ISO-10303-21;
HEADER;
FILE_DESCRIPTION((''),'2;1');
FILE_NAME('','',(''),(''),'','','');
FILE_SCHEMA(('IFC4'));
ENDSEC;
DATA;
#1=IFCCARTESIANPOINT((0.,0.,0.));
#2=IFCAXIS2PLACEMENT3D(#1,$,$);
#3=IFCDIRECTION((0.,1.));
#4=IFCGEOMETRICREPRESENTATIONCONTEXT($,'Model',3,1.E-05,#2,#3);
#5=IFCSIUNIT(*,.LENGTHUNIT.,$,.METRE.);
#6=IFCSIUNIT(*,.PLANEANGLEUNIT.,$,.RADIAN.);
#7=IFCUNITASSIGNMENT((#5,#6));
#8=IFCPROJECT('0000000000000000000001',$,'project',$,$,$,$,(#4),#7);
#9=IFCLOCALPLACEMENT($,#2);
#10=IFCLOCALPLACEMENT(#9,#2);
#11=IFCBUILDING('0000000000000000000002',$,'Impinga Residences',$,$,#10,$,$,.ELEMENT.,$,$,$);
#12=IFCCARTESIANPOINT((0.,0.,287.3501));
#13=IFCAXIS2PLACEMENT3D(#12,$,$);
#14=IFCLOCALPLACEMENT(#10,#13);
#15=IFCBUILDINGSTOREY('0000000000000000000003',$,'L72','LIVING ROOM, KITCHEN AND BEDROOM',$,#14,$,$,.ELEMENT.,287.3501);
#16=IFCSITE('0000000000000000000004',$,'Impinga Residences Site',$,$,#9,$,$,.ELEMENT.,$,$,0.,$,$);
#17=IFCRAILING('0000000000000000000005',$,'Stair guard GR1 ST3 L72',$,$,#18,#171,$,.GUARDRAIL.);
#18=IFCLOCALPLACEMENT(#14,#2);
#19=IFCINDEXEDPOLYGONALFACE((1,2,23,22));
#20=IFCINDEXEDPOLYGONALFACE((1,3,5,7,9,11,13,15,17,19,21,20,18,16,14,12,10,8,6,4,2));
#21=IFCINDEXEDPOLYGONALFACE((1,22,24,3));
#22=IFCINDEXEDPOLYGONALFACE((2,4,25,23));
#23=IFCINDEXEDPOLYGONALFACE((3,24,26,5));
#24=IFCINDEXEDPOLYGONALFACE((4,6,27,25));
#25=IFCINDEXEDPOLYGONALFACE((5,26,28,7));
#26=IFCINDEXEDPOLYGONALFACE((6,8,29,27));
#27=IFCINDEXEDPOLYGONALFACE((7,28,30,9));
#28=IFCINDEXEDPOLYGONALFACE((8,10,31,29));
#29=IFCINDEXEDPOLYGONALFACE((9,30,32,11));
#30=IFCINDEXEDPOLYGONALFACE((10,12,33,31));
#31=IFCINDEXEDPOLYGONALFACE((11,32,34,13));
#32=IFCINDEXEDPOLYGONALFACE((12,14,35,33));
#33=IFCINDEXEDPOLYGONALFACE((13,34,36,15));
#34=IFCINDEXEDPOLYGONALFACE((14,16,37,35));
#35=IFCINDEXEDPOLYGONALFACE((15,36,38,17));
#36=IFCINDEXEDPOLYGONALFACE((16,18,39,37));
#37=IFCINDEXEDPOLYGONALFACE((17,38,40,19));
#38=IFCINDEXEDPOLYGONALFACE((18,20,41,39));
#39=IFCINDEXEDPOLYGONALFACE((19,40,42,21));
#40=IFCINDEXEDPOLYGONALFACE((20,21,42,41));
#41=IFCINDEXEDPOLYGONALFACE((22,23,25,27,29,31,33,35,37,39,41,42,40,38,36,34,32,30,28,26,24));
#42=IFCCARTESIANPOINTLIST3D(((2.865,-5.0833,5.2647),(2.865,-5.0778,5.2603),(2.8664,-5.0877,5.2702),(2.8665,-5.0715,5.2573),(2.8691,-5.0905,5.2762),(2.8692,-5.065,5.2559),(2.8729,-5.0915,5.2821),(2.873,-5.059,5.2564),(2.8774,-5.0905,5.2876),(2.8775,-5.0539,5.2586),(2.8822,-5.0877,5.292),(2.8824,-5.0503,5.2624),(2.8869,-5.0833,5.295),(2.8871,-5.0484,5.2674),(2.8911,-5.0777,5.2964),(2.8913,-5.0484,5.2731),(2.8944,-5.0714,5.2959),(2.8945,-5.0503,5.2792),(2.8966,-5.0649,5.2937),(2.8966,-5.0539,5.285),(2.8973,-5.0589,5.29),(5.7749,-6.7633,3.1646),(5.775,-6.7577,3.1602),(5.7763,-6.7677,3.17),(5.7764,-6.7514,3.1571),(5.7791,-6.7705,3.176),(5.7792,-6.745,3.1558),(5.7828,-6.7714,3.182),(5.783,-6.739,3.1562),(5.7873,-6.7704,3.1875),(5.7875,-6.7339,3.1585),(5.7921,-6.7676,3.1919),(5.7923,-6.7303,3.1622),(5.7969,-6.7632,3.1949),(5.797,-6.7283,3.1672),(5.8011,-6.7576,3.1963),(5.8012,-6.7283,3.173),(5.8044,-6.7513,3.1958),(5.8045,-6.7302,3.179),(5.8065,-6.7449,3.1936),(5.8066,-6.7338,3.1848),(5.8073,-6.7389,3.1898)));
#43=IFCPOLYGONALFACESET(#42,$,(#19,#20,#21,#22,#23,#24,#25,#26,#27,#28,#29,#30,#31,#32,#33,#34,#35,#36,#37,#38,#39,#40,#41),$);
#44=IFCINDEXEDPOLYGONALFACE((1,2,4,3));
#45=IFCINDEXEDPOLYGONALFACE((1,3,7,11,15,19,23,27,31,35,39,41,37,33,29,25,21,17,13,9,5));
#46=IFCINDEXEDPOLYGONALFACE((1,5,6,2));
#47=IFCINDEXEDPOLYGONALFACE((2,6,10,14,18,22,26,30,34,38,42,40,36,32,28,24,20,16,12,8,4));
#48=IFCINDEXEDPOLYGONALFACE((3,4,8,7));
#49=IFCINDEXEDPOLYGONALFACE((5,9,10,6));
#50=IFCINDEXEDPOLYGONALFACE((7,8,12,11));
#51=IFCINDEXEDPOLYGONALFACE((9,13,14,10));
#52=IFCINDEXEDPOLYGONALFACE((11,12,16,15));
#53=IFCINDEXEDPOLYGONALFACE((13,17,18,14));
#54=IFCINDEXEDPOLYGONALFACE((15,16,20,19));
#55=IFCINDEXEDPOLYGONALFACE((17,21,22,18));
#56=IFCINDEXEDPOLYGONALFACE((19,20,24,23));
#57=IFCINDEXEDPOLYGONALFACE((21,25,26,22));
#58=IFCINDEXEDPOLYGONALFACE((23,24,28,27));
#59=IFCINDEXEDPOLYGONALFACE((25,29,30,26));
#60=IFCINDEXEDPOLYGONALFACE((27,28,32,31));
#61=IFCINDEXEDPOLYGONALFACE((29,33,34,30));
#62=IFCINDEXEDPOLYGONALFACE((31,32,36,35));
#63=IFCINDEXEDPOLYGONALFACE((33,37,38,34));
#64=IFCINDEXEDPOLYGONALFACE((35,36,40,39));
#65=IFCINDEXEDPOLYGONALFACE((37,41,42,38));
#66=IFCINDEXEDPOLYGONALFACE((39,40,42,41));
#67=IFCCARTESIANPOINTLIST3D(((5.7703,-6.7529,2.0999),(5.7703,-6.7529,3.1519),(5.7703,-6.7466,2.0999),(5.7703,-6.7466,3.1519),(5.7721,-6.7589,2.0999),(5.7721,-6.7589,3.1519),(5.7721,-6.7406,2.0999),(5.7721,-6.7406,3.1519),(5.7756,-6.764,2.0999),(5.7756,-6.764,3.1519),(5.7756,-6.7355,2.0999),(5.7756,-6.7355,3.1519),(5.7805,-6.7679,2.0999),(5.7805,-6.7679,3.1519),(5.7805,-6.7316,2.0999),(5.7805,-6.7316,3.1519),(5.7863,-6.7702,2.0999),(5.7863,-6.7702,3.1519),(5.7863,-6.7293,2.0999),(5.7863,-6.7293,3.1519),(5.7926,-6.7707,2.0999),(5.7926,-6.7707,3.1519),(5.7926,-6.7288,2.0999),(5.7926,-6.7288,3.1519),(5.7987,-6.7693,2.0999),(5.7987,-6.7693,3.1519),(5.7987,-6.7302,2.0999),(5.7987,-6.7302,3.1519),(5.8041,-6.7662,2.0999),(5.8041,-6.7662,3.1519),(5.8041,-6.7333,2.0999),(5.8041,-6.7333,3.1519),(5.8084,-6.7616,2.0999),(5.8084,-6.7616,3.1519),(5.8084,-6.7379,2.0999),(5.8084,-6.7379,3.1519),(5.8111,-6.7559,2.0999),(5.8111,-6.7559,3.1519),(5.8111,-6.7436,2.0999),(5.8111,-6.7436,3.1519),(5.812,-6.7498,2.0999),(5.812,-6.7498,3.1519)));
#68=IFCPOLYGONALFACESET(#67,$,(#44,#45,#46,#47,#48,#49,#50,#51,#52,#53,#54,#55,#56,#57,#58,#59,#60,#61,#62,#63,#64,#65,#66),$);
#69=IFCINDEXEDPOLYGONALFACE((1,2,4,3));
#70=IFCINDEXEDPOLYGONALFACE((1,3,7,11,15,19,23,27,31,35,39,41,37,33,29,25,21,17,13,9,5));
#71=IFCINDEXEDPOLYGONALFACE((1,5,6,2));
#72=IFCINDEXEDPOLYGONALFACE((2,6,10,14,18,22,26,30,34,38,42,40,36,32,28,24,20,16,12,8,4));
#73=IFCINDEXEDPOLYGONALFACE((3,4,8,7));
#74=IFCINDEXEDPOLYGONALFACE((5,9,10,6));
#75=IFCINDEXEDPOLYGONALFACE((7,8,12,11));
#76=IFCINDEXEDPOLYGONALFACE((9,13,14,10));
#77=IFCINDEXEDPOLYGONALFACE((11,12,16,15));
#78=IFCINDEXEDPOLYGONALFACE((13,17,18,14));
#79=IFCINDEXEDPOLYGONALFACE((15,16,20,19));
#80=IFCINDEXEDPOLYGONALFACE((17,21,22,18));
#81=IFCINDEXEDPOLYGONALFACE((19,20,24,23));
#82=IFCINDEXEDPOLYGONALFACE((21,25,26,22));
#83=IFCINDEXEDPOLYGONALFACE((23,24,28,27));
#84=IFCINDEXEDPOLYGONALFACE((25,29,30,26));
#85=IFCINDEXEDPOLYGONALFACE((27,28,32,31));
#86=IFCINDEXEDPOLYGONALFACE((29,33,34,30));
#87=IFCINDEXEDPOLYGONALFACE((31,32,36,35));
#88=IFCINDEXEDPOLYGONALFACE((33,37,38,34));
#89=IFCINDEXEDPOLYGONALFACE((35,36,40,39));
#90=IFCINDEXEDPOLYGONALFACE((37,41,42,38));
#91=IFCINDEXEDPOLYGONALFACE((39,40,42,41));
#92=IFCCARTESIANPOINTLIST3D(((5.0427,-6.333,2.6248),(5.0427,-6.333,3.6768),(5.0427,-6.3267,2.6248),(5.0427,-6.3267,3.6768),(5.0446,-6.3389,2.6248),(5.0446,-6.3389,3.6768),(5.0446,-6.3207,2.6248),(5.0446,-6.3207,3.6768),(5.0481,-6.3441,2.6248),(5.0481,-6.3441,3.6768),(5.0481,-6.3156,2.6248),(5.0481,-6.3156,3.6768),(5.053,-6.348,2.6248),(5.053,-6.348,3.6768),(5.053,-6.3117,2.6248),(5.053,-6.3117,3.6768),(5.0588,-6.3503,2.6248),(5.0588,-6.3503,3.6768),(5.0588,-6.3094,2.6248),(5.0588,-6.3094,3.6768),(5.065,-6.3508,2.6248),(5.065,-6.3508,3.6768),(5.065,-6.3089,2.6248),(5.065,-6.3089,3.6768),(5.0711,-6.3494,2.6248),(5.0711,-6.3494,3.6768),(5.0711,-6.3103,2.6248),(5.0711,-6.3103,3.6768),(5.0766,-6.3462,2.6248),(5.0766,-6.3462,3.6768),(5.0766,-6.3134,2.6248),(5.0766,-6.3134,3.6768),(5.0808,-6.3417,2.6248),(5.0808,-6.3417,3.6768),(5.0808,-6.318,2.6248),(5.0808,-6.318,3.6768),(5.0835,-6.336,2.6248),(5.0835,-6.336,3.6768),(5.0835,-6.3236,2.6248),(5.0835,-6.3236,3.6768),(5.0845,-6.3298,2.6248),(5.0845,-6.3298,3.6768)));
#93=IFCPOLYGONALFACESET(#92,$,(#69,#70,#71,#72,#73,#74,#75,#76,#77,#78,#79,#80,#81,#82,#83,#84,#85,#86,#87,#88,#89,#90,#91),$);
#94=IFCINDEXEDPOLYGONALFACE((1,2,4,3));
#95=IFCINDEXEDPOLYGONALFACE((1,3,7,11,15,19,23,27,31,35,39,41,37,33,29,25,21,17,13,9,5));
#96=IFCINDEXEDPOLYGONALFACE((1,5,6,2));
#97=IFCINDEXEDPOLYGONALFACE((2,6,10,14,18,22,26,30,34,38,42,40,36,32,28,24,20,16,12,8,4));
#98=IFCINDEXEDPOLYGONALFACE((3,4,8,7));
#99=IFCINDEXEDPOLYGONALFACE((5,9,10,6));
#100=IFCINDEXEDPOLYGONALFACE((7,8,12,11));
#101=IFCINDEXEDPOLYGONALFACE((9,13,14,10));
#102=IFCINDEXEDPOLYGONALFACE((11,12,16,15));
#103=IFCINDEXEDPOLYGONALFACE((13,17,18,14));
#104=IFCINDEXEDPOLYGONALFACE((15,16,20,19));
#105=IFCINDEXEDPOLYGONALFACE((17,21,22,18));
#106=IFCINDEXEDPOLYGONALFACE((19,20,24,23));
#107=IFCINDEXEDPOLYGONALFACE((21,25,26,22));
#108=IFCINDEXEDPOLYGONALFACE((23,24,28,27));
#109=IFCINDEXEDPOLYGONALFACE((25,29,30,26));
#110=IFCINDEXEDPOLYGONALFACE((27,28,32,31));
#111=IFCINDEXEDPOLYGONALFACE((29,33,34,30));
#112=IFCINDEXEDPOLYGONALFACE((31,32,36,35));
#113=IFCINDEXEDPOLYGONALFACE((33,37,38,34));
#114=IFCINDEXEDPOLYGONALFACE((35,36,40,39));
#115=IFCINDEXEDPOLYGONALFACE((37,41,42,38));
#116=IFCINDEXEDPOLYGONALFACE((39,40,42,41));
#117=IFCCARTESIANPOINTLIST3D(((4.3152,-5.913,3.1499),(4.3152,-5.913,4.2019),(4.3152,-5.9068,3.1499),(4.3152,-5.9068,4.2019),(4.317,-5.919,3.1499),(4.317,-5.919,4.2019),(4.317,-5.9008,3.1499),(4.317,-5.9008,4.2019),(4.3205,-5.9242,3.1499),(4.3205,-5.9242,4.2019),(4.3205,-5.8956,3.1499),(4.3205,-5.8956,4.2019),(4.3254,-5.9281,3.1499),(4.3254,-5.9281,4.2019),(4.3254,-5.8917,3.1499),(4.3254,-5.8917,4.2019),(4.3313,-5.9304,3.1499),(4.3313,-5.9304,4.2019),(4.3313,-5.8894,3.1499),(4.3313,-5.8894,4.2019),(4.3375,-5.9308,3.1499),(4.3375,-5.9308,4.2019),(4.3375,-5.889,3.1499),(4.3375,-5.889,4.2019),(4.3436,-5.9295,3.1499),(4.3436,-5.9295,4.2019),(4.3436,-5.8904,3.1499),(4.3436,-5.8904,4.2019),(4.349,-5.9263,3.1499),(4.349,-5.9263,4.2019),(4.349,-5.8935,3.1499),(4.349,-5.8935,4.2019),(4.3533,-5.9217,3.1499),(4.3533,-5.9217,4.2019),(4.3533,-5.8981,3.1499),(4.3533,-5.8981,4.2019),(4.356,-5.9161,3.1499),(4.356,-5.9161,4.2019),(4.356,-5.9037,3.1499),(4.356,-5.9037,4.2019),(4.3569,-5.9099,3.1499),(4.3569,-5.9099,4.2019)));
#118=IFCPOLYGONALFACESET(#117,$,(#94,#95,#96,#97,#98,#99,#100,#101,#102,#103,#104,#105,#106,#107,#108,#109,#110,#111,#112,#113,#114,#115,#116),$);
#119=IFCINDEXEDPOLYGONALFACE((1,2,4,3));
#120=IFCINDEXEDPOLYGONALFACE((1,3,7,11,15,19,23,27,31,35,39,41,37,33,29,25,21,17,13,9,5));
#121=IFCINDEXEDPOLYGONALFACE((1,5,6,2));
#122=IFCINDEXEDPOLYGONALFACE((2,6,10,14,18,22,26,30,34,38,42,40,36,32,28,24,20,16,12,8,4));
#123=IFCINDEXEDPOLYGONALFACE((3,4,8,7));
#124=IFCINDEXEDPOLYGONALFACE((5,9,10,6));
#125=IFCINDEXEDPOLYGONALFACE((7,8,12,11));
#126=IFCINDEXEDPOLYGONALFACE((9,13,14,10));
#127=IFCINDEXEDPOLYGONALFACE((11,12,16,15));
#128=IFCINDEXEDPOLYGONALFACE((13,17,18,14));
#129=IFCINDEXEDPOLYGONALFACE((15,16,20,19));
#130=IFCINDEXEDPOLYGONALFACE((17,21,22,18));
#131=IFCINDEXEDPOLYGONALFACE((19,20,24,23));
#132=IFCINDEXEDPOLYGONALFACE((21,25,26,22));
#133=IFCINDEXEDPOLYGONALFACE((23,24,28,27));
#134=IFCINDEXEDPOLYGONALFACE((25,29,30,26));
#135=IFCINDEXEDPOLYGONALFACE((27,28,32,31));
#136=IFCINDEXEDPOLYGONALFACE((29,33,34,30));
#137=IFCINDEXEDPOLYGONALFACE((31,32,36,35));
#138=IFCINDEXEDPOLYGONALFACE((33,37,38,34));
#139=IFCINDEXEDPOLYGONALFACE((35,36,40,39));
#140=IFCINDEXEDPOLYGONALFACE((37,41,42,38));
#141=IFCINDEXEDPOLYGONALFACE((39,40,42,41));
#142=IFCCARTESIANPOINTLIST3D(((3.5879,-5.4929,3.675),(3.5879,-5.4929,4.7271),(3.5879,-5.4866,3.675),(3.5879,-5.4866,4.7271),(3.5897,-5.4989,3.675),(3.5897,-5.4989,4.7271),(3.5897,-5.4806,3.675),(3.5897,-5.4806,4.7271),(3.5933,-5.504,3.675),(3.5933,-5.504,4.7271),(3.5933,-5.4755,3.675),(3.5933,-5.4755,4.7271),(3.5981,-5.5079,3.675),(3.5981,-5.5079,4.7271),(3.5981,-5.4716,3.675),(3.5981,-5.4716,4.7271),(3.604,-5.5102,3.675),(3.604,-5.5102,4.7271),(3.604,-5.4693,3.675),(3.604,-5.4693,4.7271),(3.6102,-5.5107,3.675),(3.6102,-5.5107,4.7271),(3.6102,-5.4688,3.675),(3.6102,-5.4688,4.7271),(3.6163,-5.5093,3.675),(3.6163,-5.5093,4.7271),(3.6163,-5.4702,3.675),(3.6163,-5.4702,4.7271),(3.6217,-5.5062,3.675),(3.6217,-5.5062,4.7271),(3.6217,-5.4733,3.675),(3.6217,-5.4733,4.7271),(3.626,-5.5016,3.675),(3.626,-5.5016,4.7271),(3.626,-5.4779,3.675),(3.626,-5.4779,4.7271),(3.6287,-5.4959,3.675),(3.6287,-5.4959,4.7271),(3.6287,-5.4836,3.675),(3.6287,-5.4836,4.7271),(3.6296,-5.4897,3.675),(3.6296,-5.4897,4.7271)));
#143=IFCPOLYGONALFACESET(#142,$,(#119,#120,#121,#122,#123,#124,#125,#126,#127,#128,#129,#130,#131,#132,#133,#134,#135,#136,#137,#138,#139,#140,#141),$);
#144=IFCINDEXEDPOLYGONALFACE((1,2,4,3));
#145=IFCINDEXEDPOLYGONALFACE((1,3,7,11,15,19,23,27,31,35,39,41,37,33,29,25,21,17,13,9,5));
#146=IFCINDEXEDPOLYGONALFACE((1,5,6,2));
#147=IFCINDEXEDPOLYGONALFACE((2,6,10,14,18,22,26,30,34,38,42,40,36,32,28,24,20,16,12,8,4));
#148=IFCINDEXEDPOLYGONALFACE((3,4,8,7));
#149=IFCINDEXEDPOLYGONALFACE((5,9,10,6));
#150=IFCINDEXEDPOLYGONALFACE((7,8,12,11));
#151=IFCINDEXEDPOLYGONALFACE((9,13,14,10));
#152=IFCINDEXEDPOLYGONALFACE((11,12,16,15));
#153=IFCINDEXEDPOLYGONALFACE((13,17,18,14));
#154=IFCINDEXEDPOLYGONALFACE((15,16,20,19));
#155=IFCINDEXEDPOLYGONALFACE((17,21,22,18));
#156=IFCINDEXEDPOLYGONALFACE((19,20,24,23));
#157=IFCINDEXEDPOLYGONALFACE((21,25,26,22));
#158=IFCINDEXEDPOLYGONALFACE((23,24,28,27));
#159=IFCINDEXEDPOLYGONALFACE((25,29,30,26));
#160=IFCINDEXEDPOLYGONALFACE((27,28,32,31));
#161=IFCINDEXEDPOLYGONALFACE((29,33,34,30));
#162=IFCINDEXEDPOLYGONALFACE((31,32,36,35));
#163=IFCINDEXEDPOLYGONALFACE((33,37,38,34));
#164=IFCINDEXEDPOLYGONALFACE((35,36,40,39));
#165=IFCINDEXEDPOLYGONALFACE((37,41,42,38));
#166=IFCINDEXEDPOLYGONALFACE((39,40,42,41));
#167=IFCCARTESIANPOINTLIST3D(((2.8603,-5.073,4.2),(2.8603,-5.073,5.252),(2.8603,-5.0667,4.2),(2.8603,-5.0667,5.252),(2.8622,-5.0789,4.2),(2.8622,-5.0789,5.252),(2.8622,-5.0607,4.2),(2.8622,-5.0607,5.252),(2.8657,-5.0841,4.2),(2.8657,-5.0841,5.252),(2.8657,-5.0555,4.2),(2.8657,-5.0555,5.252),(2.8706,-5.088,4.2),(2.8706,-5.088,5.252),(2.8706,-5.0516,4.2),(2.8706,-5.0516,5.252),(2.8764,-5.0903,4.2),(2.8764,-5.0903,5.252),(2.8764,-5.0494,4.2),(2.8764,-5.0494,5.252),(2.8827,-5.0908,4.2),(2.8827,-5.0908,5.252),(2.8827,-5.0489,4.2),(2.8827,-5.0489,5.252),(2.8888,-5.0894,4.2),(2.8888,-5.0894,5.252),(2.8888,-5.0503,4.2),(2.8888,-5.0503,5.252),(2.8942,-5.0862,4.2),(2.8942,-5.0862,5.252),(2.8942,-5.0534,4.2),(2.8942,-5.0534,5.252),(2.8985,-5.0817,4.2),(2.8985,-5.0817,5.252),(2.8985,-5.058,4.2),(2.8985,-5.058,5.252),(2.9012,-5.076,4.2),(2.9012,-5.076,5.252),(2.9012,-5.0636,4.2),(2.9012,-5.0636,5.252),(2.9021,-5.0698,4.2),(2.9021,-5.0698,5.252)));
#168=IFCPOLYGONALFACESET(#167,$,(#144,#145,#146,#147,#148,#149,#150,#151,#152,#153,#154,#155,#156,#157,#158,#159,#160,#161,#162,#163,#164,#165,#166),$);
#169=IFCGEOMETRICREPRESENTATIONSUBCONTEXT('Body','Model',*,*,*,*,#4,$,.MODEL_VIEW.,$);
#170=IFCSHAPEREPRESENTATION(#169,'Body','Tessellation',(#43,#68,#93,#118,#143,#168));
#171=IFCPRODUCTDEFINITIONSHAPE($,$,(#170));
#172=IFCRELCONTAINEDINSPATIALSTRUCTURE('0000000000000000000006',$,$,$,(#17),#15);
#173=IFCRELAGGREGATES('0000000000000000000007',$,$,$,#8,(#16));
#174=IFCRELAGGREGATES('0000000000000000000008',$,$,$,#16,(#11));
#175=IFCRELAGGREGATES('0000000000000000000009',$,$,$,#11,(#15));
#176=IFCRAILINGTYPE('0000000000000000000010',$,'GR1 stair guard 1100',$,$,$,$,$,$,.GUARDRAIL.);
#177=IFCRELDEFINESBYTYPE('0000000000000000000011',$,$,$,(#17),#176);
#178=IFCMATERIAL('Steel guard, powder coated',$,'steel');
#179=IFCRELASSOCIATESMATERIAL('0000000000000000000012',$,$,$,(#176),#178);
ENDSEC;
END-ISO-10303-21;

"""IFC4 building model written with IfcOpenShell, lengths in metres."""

from ifc_helpers import new_model, si_unit, direction, frame, origin, origin_2d, place, context, subcontext, project, spatial, circle, extrude, material, type_object, element, save


model = new_model("IFC4")

# Units and contexts
model_context = context("Model", 3, precision=1e-05, world=origin(), true_north=direction((0.0, 1.0)))
body_context = subcontext(model_context, "Body", "Model", "MODEL_VIEW")
ifc_project = project(units=[si_unit("LENGTHUNIT", "METRE"), si_unit("PLANEANGLEUNIT", "RADIAN")], contexts=[model_context])

# Site, building, storey
site_placement = place(None, origin())
site = spatial("IfcSite", under=ifc_project, at=site_placement, Name="Impinga Residences Site", CompositionType="ELEMENT", RefElevation=0.0)
building_placement = place(site_placement, origin())
building = spatial("IfcBuilding", under=site, at=building_placement, Name="Impinga Residences", CompositionType="ELEMENT")
storey_placement = place(building_placement, frame((0.0, 0.0, 287.3501)))
storey = spatial("IfcBuildingStorey", under=building, at=storey_placement, Name="L72", Description="LIVING ROOM, KITCHEN AND BEDROOM", CompositionType="ELEMENT", Elevation=287.3501)

# Railing
ifc_material_1 = material(Name="Steel guard, powder coated", Category="steel")
railing_type_1 = type_object("IfcRailingType", Name="GR1 stair guard 1100", PredefinedType="GUARDRAIL", material=ifc_material_1)
railing_1_placement = place(storey_placement, frame((5.791, -6.7498, 2.0999)))
element("IfcRailing", 1, at=railing_1_placement, inside=storey, type_object=railing_type_1, Name="Stair guard GR1 ST3 L72", PredefinedType="GUARDRAIL", context=body_context, shape_type="SweptSolid", body=[
    extrude(circle(Radius=0.0239, at=origin_2d()), frame((0.0, 0.0, 1.0762), z_axis=(-0.734392, 0.423974, 0.530014), x_axis=(-0.499976, -0.866039, 0.0)), (0.0, 0.0, 1.0), 3.9624),
    extrude(circle(Radius=0.021, at=origin_2d()), origin(), (0.0, 0.0, 1.0), 1.052),
    extrude(circle(Radius=0.021, at=origin_2d()), frame((-0.7275, 0.4199, 0.5249)), (0.0, 0.0, 1.0), 1.052),
    extrude(circle(Radius=0.021, at=origin_2d()), frame((-1.4551, 0.8398, 1.05)), (0.0, 0.0, 1.0), 1.052),
    extrude(circle(Radius=0.021, at=origin_2d()), frame((-2.1824, 1.26, 1.5752)), (0.0, 0.0, 1.0), 1.052),
    extrude(circle(Radius=0.021, at=origin_2d()), frame((-2.9099, 1.6799, 2.1001)), (0.0, 0.0, 1.0), 1.052),
])

save(model, "model.ifc")
